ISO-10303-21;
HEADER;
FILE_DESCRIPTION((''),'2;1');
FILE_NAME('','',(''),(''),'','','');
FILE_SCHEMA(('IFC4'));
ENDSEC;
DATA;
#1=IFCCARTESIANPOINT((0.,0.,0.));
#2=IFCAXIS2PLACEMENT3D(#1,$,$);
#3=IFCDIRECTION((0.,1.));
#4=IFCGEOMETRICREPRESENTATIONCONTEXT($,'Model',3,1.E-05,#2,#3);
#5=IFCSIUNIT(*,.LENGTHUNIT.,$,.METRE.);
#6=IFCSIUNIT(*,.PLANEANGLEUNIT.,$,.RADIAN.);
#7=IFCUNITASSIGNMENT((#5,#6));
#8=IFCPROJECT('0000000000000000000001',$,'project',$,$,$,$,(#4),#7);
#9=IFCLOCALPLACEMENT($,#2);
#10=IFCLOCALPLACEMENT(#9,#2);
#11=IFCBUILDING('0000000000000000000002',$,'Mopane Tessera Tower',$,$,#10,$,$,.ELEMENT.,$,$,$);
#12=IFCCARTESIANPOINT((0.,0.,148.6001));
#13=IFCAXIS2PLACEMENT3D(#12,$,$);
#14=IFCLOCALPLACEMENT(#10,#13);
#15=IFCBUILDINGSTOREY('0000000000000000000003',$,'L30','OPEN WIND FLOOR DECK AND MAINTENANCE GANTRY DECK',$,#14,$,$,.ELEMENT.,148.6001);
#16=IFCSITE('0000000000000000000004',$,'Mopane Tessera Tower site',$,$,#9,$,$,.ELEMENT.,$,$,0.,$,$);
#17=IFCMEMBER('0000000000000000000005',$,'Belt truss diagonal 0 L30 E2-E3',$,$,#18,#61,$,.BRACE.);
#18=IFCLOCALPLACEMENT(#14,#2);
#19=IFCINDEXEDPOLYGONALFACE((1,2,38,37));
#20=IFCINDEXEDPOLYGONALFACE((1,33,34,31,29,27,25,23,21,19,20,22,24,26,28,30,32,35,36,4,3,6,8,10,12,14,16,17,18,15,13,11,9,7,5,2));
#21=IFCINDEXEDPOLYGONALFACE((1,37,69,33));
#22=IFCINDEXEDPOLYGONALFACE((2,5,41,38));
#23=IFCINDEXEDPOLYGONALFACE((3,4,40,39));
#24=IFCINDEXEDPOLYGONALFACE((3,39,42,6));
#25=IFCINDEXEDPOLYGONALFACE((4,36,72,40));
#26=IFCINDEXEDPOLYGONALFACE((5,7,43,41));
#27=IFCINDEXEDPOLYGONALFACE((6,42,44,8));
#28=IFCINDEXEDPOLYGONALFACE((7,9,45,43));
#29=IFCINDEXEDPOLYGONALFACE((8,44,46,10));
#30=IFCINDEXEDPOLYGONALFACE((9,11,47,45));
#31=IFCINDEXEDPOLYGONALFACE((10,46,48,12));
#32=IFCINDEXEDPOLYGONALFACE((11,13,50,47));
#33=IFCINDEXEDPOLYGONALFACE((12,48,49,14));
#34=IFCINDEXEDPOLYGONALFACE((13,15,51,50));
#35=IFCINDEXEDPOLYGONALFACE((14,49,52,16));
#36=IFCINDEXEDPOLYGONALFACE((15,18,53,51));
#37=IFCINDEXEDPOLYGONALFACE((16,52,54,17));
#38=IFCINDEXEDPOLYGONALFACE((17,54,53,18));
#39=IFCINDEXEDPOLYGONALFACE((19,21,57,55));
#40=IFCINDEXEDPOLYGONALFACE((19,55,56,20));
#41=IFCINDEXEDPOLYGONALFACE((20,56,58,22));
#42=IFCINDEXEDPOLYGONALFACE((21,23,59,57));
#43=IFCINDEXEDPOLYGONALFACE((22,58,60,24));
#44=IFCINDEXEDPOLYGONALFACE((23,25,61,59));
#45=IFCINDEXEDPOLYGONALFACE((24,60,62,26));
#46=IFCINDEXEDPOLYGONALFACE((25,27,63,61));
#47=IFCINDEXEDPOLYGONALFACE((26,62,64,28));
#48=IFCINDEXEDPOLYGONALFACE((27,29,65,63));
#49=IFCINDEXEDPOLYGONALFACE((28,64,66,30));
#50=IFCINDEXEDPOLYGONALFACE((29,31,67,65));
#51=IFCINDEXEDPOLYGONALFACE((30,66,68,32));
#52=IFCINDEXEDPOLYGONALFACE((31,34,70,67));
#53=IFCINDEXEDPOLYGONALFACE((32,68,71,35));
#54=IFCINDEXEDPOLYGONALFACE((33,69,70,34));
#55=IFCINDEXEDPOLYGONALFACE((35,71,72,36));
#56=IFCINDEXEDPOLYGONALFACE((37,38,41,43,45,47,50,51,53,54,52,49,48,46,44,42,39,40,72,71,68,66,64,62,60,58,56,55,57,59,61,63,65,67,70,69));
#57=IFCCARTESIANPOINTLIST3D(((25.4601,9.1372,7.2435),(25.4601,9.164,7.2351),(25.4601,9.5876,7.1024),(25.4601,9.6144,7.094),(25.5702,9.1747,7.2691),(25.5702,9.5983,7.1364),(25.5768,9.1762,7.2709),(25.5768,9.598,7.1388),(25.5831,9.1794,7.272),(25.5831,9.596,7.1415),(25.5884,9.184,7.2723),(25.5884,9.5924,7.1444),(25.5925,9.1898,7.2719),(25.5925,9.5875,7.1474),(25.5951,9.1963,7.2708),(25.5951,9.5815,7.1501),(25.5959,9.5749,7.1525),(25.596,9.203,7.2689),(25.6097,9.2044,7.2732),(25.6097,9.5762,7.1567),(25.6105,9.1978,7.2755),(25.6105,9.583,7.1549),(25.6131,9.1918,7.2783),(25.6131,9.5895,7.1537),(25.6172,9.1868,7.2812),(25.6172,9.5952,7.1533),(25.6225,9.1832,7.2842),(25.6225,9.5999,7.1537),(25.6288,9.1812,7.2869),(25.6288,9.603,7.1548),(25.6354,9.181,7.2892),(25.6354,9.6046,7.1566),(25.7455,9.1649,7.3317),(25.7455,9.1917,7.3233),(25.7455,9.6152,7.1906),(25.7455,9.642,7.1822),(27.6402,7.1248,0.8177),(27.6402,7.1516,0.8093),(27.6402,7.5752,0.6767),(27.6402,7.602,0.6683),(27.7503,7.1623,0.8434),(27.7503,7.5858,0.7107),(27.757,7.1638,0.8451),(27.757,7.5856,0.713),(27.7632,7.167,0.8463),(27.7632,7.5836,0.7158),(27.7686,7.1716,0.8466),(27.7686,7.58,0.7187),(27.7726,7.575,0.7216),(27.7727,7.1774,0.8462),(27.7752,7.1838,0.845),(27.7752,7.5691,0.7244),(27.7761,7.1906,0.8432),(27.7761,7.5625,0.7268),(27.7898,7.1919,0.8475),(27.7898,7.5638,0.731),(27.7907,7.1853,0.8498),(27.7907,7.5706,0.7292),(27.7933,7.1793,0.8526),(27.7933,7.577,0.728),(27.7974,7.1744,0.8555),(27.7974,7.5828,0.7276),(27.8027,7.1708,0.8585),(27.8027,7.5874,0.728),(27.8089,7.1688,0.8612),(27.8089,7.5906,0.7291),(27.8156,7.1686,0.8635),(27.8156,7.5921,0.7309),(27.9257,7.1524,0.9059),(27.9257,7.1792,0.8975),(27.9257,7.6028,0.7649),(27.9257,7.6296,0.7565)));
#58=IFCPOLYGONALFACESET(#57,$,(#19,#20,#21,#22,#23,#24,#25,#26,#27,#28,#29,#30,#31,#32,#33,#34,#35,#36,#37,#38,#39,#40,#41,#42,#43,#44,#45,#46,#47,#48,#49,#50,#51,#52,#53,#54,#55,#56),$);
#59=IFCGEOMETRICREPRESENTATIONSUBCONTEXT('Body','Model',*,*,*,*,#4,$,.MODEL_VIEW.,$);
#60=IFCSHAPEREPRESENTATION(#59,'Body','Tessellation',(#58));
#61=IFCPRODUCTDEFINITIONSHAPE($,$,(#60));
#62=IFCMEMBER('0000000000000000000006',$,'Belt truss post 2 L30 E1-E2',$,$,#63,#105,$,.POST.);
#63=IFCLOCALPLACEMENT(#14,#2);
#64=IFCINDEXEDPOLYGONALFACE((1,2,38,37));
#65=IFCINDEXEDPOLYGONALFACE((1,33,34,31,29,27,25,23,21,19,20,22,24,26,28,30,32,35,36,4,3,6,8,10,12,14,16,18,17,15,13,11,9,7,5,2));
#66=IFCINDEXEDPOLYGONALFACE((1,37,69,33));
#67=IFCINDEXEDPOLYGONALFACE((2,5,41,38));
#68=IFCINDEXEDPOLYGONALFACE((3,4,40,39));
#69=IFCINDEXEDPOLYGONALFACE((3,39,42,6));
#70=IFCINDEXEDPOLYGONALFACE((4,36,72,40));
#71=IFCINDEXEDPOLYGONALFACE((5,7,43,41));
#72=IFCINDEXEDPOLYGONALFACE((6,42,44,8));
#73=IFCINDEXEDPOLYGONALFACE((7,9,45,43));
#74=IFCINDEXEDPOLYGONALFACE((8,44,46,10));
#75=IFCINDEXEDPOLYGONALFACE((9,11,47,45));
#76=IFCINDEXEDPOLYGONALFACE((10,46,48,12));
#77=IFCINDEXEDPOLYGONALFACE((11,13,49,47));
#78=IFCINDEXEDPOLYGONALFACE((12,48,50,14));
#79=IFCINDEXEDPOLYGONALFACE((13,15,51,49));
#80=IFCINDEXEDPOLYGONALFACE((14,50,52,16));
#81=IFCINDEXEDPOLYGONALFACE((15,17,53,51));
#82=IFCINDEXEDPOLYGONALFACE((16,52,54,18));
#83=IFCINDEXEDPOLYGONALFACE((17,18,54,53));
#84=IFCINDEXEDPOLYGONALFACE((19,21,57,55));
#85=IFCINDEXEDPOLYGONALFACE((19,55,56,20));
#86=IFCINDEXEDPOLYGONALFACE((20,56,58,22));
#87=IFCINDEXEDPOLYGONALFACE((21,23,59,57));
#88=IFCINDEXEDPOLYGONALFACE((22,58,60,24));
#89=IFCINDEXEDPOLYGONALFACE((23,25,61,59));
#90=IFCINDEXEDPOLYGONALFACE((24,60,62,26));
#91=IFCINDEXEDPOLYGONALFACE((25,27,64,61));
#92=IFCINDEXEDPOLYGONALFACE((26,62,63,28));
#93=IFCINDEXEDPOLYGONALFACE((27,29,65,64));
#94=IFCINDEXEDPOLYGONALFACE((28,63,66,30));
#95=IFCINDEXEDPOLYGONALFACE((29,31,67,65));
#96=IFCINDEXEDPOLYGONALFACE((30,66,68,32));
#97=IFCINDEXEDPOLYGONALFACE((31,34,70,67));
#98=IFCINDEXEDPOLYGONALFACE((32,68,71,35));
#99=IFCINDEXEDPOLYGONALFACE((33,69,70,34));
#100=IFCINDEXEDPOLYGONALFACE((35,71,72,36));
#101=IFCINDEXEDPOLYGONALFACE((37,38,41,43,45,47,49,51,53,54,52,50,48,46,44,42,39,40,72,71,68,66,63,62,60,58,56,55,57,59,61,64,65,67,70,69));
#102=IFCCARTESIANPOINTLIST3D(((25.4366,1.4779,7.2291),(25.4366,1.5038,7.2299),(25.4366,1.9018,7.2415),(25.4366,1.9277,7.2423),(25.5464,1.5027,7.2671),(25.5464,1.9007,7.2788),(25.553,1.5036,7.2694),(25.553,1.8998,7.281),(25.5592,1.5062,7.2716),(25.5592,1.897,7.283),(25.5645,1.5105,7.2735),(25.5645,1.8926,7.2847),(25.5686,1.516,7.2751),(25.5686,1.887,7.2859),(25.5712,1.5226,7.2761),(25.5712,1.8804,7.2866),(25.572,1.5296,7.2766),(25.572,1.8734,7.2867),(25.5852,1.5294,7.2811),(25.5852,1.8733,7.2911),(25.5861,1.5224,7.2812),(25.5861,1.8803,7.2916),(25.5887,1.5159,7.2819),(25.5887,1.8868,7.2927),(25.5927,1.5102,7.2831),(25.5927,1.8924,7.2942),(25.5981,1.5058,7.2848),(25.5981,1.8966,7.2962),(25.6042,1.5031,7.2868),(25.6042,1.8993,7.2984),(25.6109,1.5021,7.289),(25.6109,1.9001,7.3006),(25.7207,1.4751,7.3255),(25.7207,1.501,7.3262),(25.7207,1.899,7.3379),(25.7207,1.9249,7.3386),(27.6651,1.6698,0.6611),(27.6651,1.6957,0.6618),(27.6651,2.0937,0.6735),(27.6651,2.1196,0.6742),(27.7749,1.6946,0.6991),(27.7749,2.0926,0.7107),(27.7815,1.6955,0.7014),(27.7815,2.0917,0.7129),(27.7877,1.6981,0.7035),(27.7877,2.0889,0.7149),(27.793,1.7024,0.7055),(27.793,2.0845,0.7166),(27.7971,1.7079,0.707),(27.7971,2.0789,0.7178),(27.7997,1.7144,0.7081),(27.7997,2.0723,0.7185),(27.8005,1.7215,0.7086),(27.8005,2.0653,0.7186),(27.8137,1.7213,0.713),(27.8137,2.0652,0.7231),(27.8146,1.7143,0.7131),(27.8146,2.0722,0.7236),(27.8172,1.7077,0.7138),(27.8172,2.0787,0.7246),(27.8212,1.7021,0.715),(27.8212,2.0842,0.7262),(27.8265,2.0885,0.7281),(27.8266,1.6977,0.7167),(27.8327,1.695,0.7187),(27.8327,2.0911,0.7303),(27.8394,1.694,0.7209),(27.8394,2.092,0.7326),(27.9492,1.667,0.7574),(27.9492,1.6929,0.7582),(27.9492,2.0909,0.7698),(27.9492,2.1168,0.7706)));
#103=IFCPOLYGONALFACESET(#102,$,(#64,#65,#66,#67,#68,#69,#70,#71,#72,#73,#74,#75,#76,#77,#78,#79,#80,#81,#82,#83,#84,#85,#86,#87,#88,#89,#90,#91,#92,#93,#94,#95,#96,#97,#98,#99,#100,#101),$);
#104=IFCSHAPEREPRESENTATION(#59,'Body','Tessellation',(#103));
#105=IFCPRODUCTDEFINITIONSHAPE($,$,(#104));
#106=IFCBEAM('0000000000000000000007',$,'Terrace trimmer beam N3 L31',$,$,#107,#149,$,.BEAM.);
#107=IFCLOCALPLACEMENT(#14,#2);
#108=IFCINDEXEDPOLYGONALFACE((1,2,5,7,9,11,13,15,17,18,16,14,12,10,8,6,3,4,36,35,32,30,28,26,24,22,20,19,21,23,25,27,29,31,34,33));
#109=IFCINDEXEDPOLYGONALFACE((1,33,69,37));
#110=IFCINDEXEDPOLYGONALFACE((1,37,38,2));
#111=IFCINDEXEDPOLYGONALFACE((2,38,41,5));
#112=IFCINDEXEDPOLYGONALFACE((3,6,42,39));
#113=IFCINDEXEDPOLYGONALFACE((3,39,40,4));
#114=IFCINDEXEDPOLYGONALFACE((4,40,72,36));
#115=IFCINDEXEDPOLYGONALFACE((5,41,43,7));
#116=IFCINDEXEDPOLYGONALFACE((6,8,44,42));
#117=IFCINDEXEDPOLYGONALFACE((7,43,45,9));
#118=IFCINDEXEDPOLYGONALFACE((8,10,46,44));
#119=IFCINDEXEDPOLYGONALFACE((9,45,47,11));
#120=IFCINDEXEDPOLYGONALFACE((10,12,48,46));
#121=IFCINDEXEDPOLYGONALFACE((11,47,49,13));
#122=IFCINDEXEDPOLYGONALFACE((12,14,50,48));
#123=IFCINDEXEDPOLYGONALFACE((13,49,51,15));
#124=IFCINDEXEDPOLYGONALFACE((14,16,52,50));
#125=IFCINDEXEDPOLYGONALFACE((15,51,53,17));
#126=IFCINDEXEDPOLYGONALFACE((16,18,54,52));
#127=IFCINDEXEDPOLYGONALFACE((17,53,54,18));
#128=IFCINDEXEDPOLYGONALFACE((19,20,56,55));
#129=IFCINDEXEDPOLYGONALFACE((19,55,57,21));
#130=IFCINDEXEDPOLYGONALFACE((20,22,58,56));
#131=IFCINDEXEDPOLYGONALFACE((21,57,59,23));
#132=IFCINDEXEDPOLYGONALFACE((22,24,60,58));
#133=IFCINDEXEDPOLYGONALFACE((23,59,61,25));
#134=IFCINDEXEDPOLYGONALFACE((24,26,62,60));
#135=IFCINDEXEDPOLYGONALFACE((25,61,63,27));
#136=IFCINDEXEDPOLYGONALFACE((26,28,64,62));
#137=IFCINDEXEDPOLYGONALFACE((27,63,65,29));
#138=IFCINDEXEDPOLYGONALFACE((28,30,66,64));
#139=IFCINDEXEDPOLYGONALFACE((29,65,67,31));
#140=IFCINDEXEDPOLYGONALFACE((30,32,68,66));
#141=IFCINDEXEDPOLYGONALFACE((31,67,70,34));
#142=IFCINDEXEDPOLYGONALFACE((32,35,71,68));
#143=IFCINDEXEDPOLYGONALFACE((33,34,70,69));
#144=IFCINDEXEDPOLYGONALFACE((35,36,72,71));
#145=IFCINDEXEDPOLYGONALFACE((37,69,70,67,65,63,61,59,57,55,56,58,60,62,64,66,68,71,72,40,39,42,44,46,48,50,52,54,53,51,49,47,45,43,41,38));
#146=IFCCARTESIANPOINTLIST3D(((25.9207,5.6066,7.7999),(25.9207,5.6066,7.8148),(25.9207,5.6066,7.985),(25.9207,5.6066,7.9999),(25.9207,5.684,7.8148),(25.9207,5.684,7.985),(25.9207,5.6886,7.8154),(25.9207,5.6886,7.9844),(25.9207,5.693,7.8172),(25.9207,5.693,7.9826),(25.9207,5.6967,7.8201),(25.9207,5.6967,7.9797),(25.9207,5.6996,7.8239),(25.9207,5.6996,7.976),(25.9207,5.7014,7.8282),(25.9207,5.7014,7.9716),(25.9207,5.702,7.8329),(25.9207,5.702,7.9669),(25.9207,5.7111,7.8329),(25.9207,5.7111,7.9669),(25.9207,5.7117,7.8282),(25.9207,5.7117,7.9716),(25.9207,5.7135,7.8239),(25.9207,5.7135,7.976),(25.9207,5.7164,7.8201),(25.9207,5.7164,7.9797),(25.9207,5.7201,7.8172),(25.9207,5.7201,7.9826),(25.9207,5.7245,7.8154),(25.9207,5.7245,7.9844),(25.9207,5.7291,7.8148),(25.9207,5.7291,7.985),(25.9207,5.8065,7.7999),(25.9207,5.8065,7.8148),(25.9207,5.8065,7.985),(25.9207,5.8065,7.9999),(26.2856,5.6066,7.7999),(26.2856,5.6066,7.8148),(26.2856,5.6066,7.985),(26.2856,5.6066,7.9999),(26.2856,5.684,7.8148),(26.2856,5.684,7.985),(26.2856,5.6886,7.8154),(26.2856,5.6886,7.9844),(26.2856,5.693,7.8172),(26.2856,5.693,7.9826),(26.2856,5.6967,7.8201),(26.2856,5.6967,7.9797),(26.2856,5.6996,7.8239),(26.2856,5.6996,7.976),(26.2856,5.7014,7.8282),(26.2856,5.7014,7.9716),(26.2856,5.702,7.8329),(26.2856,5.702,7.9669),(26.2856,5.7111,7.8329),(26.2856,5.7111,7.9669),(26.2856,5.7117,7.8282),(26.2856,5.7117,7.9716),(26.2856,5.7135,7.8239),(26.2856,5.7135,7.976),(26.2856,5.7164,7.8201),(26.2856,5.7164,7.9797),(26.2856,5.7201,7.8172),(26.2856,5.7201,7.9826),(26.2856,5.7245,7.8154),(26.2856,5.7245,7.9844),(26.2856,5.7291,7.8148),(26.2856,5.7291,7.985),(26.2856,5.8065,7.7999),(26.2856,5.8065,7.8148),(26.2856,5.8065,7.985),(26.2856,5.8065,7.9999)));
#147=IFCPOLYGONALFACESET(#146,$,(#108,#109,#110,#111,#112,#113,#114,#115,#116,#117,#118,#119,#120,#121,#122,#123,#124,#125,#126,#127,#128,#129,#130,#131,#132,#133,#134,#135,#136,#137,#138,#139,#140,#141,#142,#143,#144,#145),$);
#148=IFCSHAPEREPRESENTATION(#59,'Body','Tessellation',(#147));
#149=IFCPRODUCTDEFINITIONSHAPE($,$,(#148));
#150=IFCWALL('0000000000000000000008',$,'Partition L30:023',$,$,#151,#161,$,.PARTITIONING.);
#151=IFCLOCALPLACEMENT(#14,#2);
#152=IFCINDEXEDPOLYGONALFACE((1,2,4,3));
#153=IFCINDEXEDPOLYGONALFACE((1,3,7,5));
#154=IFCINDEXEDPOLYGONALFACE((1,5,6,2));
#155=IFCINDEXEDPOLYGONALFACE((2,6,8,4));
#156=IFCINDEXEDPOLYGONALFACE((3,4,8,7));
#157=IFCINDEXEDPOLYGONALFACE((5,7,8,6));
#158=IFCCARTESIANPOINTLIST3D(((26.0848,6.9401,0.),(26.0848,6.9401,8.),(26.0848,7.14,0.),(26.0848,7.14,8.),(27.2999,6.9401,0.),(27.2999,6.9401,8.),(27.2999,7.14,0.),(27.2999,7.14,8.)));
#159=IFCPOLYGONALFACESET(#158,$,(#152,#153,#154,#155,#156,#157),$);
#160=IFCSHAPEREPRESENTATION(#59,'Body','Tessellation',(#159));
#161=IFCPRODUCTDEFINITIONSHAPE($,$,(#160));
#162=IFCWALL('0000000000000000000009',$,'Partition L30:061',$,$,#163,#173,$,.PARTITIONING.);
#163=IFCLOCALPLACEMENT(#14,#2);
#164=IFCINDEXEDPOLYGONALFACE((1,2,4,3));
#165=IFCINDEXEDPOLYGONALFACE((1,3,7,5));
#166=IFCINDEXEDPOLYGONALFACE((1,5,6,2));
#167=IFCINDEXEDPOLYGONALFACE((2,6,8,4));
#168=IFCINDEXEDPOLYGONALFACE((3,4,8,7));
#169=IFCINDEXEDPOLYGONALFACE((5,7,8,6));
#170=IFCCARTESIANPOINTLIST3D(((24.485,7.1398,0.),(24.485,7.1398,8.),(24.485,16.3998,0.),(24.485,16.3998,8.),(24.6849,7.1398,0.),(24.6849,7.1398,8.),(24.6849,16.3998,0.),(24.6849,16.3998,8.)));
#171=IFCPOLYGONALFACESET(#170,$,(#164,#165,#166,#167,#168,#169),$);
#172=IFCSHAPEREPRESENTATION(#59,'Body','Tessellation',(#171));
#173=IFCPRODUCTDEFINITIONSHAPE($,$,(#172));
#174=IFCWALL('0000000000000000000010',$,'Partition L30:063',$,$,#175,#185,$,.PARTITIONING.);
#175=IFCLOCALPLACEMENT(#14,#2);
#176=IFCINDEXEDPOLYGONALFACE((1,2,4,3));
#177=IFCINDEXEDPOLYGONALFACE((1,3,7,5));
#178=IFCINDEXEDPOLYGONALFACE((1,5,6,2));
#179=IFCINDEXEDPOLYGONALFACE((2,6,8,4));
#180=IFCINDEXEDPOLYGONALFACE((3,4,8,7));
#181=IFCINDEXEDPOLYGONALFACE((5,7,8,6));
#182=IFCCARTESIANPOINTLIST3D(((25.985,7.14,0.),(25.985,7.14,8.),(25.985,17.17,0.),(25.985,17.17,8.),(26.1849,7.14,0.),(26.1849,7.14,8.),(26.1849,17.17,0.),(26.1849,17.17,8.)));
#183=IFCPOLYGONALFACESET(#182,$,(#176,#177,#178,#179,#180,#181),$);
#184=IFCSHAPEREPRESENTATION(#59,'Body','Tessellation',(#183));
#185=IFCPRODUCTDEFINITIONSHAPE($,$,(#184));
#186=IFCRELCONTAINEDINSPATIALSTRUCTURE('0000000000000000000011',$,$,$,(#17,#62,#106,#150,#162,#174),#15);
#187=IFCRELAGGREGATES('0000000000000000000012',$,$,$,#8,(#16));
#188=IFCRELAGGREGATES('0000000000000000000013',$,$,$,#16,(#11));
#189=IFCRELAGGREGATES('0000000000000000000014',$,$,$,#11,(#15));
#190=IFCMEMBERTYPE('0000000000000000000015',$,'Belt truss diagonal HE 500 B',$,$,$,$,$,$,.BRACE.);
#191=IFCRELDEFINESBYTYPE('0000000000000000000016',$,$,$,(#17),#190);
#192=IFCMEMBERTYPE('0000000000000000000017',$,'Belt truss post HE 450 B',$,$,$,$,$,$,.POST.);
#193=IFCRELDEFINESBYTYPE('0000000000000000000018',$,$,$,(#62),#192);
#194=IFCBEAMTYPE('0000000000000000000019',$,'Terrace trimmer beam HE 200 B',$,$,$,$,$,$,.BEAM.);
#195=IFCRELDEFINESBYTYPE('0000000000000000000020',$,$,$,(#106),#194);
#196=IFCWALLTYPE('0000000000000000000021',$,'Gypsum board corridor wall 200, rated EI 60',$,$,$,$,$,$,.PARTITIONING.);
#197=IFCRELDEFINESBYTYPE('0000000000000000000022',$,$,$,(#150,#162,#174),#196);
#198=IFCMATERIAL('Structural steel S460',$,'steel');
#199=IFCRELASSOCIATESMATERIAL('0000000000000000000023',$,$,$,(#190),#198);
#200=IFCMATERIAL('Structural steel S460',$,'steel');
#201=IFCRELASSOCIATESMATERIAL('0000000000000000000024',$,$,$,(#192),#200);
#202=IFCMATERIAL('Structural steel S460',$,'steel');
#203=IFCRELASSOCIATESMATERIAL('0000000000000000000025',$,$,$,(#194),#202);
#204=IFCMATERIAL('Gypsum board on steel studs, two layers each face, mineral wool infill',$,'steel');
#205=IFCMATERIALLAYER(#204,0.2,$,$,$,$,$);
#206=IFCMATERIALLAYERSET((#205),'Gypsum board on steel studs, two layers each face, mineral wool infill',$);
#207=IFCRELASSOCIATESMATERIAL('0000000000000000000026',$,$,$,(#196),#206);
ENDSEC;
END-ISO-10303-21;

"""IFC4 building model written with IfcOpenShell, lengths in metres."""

from ifc_helpers import new_model, si_unit, direction, frame, frame_2d, origin, origin_2d, place, context, subcontext, project, spatial, rectangle, i_section, extrude, material, layer, layer_set, material_profile, profile_set, type_object, element, save


model = new_model("IFC4")

# Units and contexts
model_context = context("Model", 3, precision=1e-05, world=origin(), true_north=direction((0.0, 1.0)))
body_context = subcontext(model_context, "Body", "Model", "MODEL_VIEW")
ifc_project = project(units=[si_unit("LENGTHUNIT", "METRE"), si_unit("PLANEANGLEUNIT", "RADIAN")], contexts=[model_context])

# Site, building, storey
site_placement = place(None, origin())
site = spatial("IfcSite", under=ifc_project, at=site_placement, Name="Mopane Tessera Tower site", CompositionType="ELEMENT", RefElevation=0.0)
building_placement = place(site_placement, origin())
building = spatial("IfcBuilding", under=site, at=building_placement, Name="Mopane Tessera Tower", CompositionType="ELEMENT")
storey_placement = place(building_placement, frame((0.0, 0.0, 148.6001)))
storey = spatial("IfcBuildingStorey", under=building, at=storey_placement, Name="L30", Description="OPEN WIND FLOOR DECK AND MAINTENANCE GANTRY DECK", CompositionType="ELEMENT", Elevation=148.6001)

# Members
ifc_material_1 = material(Name="Structural steel S460", Category="steel")
ifc_material_profile_1 = material_profile(ifc_material_1, i_section(OverallWidth=0.3, OverallDepth=0.5, WebThickness=0.0144, FlangeThickness=0.0281, FilletRadius=0.0271, at=origin_2d()))
ifc_profile_set_1 = profile_set([ifc_material_profile_1], Name="Structural steel S460")
member_type_1 = type_object("IfcMemberType", Name="Belt truss diagonal HE 500 B", PredefinedType="BRACE", material=ifc_profile_set_1)
member_1_placement = place(storey_placement, frame((27.783, 7.3772, 0.7871), z_axis=(-0.308035, 0.284337, 0.907892), x_axis=(-0.951375, -0.092078, -0.293951)))
element("IfcMember", 1, at=member_1_placement, inside=storey, type_object=member_type_1, Name="Belt truss diagonal 0 L30 E2-E3", PredefinedType="BRACE", context=body_context, shape_type="SweptSolid", body=[
    extrude(i_section(OverallWidth=0.3, OverallDepth=0.5, WebThickness=0.0144, FlangeThickness=0.0281, FilletRadius=0.0271, at=origin_2d()), origin(), (0.0, 0.0, 1.0), 7.0776),
])
ifc_material_2 = material(Name="Structural steel S460", Category="steel")
ifc_material_profile_2 = material_profile(ifc_material_2, i_section(OverallWidth=0.3, OverallDepth=0.45, WebThickness=0.0139, FlangeThickness=0.0259, FilletRadius=0.0271, at=origin_2d()))
ifc_profile_set_2 = profile_set([ifc_material_profile_2], Name="Structural steel S460")
member_type_2 = type_object("IfcMemberType", Name="Belt truss post HE 450 B", PredefinedType="POST", material=ifc_profile_set_2)
member_2_placement = place(storey_placement, frame((27.8071, 1.8933, 0.7158), z_axis=(-0.32118, -0.027656, 0.946614), x_axis=(-0.947018, 0.009369, -0.321043)))
element("IfcMember", 2, at=member_2_placement, inside=storey, type_object=member_type_2, Name="Belt truss post 2 L30 E1-E2", PredefinedType="POST", context=body_context, shape_type="SweptSolid", body=[
    extrude(i_section(OverallWidth=0.3, OverallDepth=0.45, WebThickness=0.0139, FlangeThickness=0.0259, FilletRadius=0.0271, at=origin_2d()), origin(), (0.0, 0.0, 1.0), 6.9385),
])

# Beam
ifc_material_3 = material(Name="Structural steel S460", Category="steel")
ifc_material_profile_3 = material_profile(ifc_material_3, i_section(OverallWidth=0.2, OverallDepth=0.2, WebThickness=0.009, FlangeThickness=0.0149, FilletRadius=0.0181, at=origin_2d()))
ifc_profile_set_3 = profile_set([ifc_material_profile_3], Name="Structural steel S460")
beam_type = type_object("IfcBeamType", Name="Terrace trimmer beam HE 200 B", PredefinedType="BEAM", material=ifc_profile_set_3)
beam_placement = place(storey_placement, frame((25.9207, 5.7065, 7.8999), z_axis=(1.0, 0.0, 0.0), x_axis=(0.0, 1.0, 0.0)))
element("IfcBeam", 3, at=beam_placement, inside=storey, type_object=beam_type, Name="Terrace trimmer beam N3 L31", PredefinedType="BEAM", context=body_context, shape_type="SweptSolid", body=[
    extrude(i_section(OverallWidth=0.2, OverallDepth=0.2, WebThickness=0.009, FlangeThickness=0.0149, FilletRadius=0.0181, at=origin_2d()), origin(), (0.0, 0.0, 1.0), 0.365),
])

# Walls
ifc_material_4 = material(Name="Gypsum board on steel studs, two layers each face, mineral wool infill", Category="steel")
ifc_layer_1 = layer(ifc_material_4, 0.2)
ifc_layer_set_1 = layer_set([ifc_layer_1], Name="Gypsum board on steel studs, two layers each face, mineral wool infill")
wall_type = type_object("IfcWallType", Name="Gypsum board corridor wall 200, rated EI 60", PredefinedType="PARTITIONING", material=ifc_layer_set_1)
wall_1_placement = place(storey_placement, frame((26.085, 7.04, 0.0), z_axis=(0.0, 0.0, 1.0), x_axis=(1.0, 0.0, 0.0)))
element("IfcWall", 4, at=wall_1_placement, inside=storey, type_object=wall_type, Name="Partition L30:023", PredefinedType="PARTITIONING", context=body_context, shape_type="SweptSolid", body=[
    extrude(rectangle(XDim=1.2151, YDim=0.2, at=frame_2d((0.6074, 0.0))), origin(), (0.0, 0.0, 1.0), 8.0),
])
wall_2_placement = place(storey_placement, frame((24.585, 7.1399, 0.0), z_axis=(0.0, 0.0, 1.0), x_axis=(0.0, 1.0, 0.0)))
element("IfcWall", 5, at=wall_2_placement, inside=storey, type_object=wall_type, Name="Partition L30:061", PredefinedType="PARTITIONING", context=body_context, shape_type="SweptSolid", body=[
    extrude(rectangle(XDim=9.26, YDim=0.2, at=frame_2d((4.6299, 0.0))), origin(), (0.0, 0.0, 1.0), 8.0),
])
wall_3_placement = place(storey_placement, frame((26.085, 7.1399, 0.0), z_axis=(0.0, 0.0, 1.0), x_axis=(0.0, 1.0, 0.0)))
element("IfcWall", 6, at=wall_3_placement, inside=storey, type_object=wall_type, Name="Partition L30:063", PredefinedType="PARTITIONING", context=body_context, shape_type="SweptSolid", body=[
    extrude(rectangle(XDim=10.03, YDim=0.2, at=frame_2d((5.0151, 0.0))), origin(), (0.0, 0.0, 1.0), 8.0),
])

save(model, "model.ifc")
